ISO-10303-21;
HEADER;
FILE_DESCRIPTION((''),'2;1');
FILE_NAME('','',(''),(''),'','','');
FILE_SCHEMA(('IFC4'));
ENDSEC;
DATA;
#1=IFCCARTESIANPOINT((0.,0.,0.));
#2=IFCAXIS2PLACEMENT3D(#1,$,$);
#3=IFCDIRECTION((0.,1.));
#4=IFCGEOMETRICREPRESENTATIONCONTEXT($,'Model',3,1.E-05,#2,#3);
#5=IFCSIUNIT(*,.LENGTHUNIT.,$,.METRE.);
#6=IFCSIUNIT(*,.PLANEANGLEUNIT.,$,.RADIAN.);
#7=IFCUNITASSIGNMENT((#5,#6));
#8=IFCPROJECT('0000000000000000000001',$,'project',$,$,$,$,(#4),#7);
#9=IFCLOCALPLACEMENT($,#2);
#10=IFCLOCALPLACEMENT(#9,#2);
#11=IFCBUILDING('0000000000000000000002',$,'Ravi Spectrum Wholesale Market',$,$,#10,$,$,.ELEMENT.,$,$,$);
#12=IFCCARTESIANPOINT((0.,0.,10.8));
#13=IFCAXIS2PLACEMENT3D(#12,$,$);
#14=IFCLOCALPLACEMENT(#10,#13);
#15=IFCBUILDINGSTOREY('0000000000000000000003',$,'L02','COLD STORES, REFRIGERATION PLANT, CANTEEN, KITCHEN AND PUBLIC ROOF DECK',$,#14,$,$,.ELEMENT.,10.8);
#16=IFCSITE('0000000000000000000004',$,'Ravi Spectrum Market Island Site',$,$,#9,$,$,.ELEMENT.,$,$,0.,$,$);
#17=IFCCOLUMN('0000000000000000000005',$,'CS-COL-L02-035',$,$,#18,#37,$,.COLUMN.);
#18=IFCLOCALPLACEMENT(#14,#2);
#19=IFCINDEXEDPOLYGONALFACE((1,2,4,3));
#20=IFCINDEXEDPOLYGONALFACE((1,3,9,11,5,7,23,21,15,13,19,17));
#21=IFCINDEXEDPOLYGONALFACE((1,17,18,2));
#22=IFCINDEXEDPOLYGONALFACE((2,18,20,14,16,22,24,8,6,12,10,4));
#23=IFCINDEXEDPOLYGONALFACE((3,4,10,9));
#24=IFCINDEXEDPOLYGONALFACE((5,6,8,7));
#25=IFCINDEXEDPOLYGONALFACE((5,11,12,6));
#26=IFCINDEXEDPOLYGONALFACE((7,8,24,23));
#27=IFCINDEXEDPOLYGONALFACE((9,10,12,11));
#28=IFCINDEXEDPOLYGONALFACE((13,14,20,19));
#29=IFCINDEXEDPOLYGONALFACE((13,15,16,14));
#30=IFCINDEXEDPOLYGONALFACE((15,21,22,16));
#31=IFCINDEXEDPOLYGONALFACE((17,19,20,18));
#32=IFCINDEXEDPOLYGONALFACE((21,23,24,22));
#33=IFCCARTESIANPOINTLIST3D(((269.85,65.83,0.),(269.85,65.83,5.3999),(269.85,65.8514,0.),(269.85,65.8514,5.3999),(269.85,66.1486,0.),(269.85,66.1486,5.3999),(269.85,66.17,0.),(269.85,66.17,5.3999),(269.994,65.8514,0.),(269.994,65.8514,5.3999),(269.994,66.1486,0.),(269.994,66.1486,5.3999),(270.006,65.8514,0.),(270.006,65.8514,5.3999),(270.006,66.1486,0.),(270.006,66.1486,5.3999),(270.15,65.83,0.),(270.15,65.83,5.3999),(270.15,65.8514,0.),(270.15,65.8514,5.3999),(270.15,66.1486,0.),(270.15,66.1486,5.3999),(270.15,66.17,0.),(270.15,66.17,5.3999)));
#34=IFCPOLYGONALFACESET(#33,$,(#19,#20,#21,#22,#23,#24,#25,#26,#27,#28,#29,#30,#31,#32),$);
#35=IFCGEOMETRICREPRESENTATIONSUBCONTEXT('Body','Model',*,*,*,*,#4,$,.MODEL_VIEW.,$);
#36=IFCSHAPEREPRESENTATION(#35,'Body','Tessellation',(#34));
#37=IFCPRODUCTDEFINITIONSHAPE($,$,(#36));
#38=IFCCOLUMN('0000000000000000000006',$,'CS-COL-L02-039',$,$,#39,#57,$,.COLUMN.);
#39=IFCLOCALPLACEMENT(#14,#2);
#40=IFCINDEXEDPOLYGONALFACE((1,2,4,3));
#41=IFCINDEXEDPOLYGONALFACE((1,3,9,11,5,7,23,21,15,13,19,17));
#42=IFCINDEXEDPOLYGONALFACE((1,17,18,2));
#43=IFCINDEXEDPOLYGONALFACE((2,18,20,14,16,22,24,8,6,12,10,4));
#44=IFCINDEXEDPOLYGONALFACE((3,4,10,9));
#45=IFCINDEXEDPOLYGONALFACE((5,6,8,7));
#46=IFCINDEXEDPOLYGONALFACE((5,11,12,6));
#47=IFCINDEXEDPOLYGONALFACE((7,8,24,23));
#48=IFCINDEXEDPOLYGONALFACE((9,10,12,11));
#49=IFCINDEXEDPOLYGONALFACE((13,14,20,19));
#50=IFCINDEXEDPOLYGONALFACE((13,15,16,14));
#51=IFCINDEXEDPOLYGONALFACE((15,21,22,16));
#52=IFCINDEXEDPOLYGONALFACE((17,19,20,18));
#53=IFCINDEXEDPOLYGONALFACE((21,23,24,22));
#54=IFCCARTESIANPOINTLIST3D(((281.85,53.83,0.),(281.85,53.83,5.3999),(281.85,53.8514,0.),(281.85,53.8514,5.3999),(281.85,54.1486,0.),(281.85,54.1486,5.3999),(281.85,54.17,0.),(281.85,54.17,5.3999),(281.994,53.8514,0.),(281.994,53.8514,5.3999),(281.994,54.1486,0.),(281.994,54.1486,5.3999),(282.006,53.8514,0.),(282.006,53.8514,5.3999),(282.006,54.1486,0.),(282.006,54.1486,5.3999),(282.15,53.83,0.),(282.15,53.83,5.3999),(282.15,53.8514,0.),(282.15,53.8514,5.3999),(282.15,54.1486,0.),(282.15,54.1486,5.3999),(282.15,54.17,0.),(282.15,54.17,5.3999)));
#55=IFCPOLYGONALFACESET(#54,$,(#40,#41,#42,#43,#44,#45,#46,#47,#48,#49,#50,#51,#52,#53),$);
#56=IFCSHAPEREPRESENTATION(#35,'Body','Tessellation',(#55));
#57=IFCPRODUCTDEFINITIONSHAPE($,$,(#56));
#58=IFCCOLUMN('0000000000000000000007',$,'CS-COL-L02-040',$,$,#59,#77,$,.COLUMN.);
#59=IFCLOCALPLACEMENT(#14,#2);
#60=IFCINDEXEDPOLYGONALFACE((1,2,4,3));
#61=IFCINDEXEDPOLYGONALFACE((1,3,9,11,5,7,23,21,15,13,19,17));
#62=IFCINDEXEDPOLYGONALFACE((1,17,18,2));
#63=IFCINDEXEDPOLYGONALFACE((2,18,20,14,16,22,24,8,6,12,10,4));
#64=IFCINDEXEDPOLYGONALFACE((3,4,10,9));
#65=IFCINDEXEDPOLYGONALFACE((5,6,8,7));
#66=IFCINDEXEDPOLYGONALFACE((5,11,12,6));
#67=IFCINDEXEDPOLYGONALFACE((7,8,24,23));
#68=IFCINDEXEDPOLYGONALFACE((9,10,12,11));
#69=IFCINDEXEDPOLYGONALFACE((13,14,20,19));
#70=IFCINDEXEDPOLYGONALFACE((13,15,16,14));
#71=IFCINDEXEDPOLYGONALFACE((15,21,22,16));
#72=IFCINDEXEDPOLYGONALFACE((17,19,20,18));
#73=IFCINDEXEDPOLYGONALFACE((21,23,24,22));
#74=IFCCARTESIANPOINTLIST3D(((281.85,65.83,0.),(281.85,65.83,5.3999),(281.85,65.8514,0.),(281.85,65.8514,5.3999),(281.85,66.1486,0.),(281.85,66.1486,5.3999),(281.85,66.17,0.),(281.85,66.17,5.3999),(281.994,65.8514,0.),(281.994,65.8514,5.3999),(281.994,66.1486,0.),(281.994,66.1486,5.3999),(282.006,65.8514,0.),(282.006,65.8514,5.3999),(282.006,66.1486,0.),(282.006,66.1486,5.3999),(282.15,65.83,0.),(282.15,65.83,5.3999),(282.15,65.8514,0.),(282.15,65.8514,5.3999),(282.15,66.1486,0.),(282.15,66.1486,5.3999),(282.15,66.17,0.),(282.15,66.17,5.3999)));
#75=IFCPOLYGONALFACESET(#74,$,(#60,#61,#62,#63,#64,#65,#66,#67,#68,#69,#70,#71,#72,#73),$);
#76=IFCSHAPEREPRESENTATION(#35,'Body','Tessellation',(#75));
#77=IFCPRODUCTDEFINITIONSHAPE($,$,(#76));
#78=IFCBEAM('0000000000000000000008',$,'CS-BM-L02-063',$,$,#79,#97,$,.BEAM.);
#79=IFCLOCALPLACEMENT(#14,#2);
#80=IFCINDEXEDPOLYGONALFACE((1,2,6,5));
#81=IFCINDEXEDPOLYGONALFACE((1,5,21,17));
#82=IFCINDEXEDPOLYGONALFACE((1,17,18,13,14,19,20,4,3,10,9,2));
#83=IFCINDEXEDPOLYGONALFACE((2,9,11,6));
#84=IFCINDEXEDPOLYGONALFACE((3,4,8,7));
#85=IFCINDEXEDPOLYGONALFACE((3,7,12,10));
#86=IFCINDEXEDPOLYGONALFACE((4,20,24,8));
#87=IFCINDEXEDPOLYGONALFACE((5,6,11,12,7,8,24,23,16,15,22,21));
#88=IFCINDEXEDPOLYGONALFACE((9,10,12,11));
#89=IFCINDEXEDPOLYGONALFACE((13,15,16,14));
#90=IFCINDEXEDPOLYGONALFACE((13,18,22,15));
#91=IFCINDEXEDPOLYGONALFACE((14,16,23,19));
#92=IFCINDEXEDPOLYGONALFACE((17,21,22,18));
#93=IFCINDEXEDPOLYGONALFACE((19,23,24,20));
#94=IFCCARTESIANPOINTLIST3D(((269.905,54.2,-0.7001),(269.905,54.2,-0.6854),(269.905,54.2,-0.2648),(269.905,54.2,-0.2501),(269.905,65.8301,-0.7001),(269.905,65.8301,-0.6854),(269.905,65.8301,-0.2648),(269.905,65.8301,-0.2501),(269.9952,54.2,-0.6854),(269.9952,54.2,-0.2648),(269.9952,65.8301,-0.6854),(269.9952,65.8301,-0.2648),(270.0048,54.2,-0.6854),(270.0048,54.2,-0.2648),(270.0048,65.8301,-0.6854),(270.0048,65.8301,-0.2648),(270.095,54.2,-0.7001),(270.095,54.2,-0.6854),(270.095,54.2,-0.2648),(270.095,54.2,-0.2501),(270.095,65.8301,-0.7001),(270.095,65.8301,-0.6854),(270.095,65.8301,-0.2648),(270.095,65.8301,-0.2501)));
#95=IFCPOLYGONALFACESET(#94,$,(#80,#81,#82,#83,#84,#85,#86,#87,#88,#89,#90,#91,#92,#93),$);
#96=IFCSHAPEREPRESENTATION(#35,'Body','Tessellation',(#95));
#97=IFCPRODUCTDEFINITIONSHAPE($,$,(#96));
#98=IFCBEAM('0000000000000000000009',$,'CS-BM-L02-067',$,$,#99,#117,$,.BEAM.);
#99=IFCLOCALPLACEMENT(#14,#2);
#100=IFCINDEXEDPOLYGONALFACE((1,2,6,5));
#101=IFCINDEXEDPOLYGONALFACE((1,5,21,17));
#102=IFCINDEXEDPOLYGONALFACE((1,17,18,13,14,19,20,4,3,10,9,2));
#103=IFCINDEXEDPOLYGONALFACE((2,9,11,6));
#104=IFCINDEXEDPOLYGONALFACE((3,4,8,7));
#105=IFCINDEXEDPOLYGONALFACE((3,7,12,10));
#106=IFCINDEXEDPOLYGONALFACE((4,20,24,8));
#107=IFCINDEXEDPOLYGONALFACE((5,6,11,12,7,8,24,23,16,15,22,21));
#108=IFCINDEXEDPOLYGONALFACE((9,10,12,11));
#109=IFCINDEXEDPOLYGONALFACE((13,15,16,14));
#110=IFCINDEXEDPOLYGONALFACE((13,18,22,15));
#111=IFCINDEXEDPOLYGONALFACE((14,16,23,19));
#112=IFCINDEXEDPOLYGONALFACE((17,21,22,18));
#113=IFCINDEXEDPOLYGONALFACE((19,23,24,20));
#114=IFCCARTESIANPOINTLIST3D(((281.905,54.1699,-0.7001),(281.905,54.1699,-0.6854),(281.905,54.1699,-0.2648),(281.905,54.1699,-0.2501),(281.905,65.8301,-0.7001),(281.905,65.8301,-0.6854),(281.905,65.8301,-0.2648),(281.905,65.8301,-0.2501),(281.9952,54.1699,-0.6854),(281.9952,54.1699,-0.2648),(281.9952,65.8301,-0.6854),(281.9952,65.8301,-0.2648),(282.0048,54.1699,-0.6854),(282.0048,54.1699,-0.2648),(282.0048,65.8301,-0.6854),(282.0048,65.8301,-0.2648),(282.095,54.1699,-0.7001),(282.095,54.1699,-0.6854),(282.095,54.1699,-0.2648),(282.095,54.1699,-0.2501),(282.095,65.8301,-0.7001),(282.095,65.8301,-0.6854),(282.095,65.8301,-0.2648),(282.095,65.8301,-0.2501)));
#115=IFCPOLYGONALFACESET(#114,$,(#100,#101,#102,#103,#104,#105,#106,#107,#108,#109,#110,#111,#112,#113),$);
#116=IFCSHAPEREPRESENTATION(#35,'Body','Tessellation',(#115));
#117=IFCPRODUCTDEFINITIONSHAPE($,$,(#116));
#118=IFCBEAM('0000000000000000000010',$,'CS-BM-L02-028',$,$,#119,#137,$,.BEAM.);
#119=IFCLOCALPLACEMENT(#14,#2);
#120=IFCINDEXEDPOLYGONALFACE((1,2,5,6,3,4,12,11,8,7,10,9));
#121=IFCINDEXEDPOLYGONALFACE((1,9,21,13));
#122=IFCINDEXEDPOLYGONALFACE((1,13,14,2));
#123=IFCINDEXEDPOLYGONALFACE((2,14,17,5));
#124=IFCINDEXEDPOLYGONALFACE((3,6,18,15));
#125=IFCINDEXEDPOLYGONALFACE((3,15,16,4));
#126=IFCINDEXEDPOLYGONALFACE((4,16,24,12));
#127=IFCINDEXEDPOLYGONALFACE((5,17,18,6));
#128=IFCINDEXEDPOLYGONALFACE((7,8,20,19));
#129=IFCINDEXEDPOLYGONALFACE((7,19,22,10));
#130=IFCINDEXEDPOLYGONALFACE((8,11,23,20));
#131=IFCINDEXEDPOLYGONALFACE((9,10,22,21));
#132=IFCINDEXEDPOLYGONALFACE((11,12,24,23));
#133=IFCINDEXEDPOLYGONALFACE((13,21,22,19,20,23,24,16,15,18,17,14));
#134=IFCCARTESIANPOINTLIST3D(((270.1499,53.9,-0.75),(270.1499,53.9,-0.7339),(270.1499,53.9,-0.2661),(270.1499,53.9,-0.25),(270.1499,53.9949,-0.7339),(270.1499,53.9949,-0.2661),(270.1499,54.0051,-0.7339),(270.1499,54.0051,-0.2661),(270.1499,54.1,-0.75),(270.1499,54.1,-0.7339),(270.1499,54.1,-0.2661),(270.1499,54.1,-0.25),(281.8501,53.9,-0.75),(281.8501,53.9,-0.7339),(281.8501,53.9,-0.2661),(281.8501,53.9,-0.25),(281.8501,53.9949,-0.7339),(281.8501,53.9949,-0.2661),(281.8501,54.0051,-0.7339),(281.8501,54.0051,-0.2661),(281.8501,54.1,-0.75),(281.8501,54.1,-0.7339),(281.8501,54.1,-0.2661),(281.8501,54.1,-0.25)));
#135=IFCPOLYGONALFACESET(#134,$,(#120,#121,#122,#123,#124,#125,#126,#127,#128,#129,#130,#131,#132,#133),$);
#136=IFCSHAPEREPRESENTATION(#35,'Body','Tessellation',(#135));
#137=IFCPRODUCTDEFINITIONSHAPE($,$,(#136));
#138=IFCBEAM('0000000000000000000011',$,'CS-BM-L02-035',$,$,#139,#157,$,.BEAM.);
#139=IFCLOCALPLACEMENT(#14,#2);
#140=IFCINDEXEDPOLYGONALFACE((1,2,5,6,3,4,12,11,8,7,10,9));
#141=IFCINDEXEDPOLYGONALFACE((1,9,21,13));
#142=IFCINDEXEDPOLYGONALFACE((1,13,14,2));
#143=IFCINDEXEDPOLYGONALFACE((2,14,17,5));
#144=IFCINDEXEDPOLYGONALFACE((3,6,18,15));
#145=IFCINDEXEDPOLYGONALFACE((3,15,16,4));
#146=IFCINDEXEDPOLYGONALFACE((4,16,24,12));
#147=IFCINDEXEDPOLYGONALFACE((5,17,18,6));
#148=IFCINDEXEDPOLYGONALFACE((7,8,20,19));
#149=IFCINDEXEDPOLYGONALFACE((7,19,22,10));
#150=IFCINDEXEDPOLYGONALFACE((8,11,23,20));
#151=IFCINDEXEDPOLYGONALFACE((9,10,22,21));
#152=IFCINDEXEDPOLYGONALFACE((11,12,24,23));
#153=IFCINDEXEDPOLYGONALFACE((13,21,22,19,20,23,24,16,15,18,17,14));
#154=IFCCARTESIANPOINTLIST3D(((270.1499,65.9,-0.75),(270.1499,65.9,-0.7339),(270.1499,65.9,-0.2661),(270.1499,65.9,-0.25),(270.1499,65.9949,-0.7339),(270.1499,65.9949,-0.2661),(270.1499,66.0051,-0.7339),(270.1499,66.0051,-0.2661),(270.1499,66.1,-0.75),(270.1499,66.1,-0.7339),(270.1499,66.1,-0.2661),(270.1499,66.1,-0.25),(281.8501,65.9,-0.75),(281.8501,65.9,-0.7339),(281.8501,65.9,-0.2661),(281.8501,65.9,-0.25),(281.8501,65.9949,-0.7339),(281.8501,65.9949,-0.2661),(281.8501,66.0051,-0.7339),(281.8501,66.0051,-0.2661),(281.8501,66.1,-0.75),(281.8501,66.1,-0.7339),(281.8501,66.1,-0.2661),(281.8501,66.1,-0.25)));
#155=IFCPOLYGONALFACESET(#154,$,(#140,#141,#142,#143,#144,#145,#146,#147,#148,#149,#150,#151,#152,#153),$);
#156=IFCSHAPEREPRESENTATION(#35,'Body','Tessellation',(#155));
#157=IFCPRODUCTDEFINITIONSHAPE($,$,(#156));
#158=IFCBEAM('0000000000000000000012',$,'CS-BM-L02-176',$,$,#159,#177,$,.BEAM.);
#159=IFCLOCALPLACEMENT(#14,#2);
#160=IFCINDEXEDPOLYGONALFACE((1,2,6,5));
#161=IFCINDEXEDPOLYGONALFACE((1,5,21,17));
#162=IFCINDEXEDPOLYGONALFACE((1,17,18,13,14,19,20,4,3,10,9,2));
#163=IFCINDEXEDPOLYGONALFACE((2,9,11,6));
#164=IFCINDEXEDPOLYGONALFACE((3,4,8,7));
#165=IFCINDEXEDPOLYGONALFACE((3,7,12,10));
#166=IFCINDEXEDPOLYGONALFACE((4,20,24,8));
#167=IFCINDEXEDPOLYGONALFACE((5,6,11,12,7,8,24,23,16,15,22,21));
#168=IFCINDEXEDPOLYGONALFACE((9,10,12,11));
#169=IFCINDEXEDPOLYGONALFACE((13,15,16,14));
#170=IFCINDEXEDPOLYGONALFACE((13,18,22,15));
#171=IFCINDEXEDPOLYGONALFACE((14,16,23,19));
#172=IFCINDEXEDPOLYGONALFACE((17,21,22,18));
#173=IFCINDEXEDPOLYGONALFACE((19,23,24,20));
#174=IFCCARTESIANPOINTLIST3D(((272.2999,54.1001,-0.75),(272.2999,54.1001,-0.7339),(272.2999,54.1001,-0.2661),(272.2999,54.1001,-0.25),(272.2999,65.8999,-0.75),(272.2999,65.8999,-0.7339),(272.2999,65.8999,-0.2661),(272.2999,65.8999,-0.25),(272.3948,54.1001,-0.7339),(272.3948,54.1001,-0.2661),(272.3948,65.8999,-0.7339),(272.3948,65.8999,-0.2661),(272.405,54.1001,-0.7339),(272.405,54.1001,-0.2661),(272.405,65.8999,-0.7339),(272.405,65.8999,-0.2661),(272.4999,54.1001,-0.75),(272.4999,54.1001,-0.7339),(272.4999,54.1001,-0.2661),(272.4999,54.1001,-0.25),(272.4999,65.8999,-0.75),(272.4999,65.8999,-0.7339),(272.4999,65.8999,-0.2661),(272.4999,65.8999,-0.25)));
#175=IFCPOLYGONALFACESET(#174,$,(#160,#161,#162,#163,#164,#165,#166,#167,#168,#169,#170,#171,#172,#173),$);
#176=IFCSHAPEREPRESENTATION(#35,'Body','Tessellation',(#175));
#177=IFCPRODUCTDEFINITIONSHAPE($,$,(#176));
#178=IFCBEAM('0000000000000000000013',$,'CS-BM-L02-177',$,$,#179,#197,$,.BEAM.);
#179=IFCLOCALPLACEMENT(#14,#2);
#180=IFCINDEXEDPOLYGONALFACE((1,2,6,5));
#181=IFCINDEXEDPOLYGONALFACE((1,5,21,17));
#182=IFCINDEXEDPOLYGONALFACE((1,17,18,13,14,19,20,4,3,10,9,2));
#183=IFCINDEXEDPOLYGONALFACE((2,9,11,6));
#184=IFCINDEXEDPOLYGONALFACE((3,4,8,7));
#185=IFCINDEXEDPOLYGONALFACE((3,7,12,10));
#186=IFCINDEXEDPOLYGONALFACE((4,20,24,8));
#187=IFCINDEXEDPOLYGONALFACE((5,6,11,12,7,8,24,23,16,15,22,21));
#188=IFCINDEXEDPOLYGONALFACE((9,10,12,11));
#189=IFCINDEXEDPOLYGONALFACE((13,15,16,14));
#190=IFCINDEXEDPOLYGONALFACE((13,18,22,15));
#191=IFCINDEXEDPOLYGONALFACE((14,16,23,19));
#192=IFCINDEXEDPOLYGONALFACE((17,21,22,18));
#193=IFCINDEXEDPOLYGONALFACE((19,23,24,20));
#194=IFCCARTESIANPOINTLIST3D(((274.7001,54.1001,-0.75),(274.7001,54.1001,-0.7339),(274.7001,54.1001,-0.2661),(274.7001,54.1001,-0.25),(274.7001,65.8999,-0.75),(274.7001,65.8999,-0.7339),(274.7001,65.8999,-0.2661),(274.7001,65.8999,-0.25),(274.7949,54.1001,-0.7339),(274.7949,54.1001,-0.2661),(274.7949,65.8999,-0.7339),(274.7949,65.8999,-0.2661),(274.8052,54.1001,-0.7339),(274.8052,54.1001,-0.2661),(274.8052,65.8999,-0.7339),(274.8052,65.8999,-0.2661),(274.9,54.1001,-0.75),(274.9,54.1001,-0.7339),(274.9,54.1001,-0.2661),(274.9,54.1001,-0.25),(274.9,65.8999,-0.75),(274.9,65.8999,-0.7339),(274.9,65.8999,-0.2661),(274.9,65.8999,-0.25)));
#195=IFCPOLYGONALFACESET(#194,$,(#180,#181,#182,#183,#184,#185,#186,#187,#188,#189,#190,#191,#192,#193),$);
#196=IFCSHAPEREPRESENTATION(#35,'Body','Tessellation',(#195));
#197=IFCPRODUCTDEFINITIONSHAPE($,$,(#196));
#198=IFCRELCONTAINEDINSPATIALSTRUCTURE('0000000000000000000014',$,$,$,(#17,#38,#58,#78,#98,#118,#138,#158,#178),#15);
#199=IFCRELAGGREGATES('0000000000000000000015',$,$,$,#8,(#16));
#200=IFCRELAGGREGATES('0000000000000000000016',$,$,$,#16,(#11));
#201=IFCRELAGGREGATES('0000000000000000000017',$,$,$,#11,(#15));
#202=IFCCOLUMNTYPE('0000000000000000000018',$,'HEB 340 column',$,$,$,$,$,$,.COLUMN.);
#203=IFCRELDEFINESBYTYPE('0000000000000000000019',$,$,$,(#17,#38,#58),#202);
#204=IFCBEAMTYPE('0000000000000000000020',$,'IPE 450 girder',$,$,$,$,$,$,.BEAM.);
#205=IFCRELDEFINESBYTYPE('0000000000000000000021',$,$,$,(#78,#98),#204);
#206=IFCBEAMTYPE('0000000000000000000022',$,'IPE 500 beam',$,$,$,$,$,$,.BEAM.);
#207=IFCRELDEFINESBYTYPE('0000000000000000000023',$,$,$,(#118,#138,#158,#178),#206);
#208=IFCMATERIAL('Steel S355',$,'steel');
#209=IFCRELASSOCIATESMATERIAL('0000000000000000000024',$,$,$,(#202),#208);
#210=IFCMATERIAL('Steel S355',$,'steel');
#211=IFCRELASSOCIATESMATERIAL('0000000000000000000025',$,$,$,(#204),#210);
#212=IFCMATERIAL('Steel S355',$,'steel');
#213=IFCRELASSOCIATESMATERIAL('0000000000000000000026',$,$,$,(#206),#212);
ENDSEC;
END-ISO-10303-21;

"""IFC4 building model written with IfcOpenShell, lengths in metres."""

from ifc_helpers import new_model, si_unit, direction, frame, origin, origin_2d, place, context, subcontext, project, spatial, i_section, extrude, material, material_profile, profile_set, type_object, element, save


model = new_model("IFC4")

# Units and contexts
model_context = context("Model", 3, precision=1e-05, world=origin(), true_north=direction((0.0, 1.0)))
body_context = subcontext(model_context, "Body", "Model", "MODEL_VIEW")
ifc_project = project(units=[si_unit("LENGTHUNIT", "METRE"), si_unit("PLANEANGLEUNIT", "RADIAN")], contexts=[model_context])

# Site, building, storey
site_placement = place(None, origin())
site = spatial("IfcSite", under=ifc_project, at=site_placement, Name="Ravi Spectrum Market Island Site", CompositionType="ELEMENT", RefElevation=0.0)
building_placement = place(site_placement, origin())
building = spatial("IfcBuilding", under=site, at=building_placement, Name="Ravi Spectrum Wholesale Market", CompositionType="ELEMENT")
storey_placement = place(building_placement, frame((0.0, 0.0, 10.8)))
storey = spatial("IfcBuildingStorey", under=building, at=storey_placement, Name="L02", Description="COLD STORES, REFRIGERATION PLANT, CANTEEN, KITCHEN AND PUBLIC ROOF DECK", CompositionType="ELEMENT", Elevation=10.8)

# Columns
ifc_material_1 = material(Name="Steel S355", Category="steel")
ifc_material_profile_1 = material_profile(ifc_material_1, i_section(OverallWidth=0.3, OverallDepth=0.3401, WebThickness=0.012, FlangeThickness=0.0215, at=origin_2d()))
ifc_profile_set_1 = profile_set([ifc_material_profile_1], Name="Steel S355")
column_type = type_object("IfcColumnType", Name="HEB 340 column", PredefinedType="COLUMN", material=ifc_profile_set_1)
for number, where, z_axis, x_axis, name in (
    (1, (270.0, 66.0, 0.0), (0.0, 0.0, 1.0), (1.0, 0.0, 0.0), "CS-COL-L02-035"),
    (2, (282.0, 54.0, 0.0), (0.0, 0.0, 1.0), (1.0, 0.0, 0.0), "CS-COL-L02-039"),
    (3, (282.0, 66.0, 0.0), (0.0, 0.0, 1.0), (1.0, 0.0, 0.0), "CS-COL-L02-040"),
):
    element("IfcColumn", number, at=place(storey_placement, frame(where, z_axis=z_axis, x_axis=x_axis)), inside=storey, type_object=column_type, Name=name, PredefinedType="COLUMN", context=body_context, shape_type="SweptSolid", body=[
        extrude(i_section(OverallWidth=0.3, OverallDepth=0.3401, WebThickness=0.012, FlangeThickness=0.0215, at=origin_2d()), origin(), (0.0, 0.0, 1.0), 5.3999),
    ])

# Beams
ifc_material_2 = material(Name="Steel S355", Category="steel")
ifc_material_profile_2 = material_profile(ifc_material_2, i_section(OverallWidth=0.1899, OverallDepth=0.45, WebThickness=0.0095, FlangeThickness=0.0146, at=origin_2d()))
ifc_profile_set_2 = profile_set([ifc_material_profile_2], Name="Steel S355")
beam_type_1 = type_object("IfcBeamType", Name="IPE 450 girder", PredefinedType="BEAM", material=ifc_profile_set_2)
beam_1_placement = place(storey_placement, frame((270.0, 54.2, -0.4751), z_axis=(0.0, 1.0, 0.0), x_axis=(-1.0, 0.0, 0.0)))
element("IfcBeam", 4, at=beam_1_placement, inside=storey, type_object=beam_type_1, Name="CS-BM-L02-063", PredefinedType="BEAM", context=body_context, shape_type="SweptSolid", body=[
    extrude(i_section(OverallWidth=0.1899, OverallDepth=0.45, WebThickness=0.0095, FlangeThickness=0.0146, at=origin_2d()), origin(), (0.0, 0.0, 1.0), 11.6301),
])
beam_2_placement = place(storey_placement, frame((282.0, 54.1699, -0.4751), z_axis=(0.0, 1.0, 0.0), x_axis=(-1.0, 0.0, 0.0)))
element("IfcBeam", 5, at=beam_2_placement, inside=storey, type_object=beam_type_1, Name="CS-BM-L02-067", PredefinedType="BEAM", context=body_context, shape_type="SweptSolid", body=[
    extrude(i_section(OverallWidth=0.1899, OverallDepth=0.45, WebThickness=0.0095, FlangeThickness=0.0146, at=origin_2d()), origin(), (0.0, 0.0, 1.0), 11.6602),
])
ifc_material_3 = material(Name="Steel S355", Category="steel")
ifc_material_profile_3 = material_profile(ifc_material_3, i_section(OverallWidth=0.2, OverallDepth=0.5, WebThickness=0.0103, FlangeThickness=0.0161, at=origin_2d()))
ifc_profile_set_3 = profile_set([ifc_material_profile_3], Name="Steel S355")
beam_type_2 = type_object("IfcBeamType", Name="IPE 500 beam", PredefinedType="BEAM", material=ifc_profile_set_3)
for number, where, z_axis, x_axis, name in (
    (6, (270.1499, 54.0, -0.5), (1.0, 0.0, 0.0), (0.0, 1.0, 0.0), "CS-BM-L02-028"),
    (7, (270.1499, 66.0, -0.5), (1.0, 0.0, 0.0), (0.0, 1.0, 0.0), "CS-BM-L02-035"),
):
    element("IfcBeam", number, at=place(storey_placement, frame(where, z_axis=z_axis, x_axis=x_axis)), inside=storey, type_object=beam_type_2, Name=name, PredefinedType="BEAM", context=body_context, shape_type="SweptSolid", body=[
        extrude(i_section(OverallWidth=0.2, OverallDepth=0.5, WebThickness=0.0103, FlangeThickness=0.0161, at=origin_2d()), origin(), (0.0, 0.0, 1.0), 11.7002),
    ])
for number, where, z_axis, x_axis, name in (
    (8, (272.3999, 54.1001, -0.5), (0.0, 1.0, 0.0), (-1.0, 0.0, 0.0), "CS-BM-L02-176"),
    (9, (274.8, 54.1001, -0.5), (0.0, 1.0, 0.0), (-1.0, 0.0, 0.0), "CS-BM-L02-177"),
):
    element("IfcBeam", number, at=place(storey_placement, frame(where, z_axis=z_axis, x_axis=x_axis)), inside=storey, type_object=beam_type_2, Name=name, PredefinedType="BEAM", context=body_context, shape_type="SweptSolid", body=[
        extrude(i_section(OverallWidth=0.2, OverallDepth=0.5, WebThickness=0.0103, FlangeThickness=0.0161, at=origin_2d()), origin(), (0.0, 0.0, 1.0), 11.7998),
    ])

save(model, "model.ifc")
